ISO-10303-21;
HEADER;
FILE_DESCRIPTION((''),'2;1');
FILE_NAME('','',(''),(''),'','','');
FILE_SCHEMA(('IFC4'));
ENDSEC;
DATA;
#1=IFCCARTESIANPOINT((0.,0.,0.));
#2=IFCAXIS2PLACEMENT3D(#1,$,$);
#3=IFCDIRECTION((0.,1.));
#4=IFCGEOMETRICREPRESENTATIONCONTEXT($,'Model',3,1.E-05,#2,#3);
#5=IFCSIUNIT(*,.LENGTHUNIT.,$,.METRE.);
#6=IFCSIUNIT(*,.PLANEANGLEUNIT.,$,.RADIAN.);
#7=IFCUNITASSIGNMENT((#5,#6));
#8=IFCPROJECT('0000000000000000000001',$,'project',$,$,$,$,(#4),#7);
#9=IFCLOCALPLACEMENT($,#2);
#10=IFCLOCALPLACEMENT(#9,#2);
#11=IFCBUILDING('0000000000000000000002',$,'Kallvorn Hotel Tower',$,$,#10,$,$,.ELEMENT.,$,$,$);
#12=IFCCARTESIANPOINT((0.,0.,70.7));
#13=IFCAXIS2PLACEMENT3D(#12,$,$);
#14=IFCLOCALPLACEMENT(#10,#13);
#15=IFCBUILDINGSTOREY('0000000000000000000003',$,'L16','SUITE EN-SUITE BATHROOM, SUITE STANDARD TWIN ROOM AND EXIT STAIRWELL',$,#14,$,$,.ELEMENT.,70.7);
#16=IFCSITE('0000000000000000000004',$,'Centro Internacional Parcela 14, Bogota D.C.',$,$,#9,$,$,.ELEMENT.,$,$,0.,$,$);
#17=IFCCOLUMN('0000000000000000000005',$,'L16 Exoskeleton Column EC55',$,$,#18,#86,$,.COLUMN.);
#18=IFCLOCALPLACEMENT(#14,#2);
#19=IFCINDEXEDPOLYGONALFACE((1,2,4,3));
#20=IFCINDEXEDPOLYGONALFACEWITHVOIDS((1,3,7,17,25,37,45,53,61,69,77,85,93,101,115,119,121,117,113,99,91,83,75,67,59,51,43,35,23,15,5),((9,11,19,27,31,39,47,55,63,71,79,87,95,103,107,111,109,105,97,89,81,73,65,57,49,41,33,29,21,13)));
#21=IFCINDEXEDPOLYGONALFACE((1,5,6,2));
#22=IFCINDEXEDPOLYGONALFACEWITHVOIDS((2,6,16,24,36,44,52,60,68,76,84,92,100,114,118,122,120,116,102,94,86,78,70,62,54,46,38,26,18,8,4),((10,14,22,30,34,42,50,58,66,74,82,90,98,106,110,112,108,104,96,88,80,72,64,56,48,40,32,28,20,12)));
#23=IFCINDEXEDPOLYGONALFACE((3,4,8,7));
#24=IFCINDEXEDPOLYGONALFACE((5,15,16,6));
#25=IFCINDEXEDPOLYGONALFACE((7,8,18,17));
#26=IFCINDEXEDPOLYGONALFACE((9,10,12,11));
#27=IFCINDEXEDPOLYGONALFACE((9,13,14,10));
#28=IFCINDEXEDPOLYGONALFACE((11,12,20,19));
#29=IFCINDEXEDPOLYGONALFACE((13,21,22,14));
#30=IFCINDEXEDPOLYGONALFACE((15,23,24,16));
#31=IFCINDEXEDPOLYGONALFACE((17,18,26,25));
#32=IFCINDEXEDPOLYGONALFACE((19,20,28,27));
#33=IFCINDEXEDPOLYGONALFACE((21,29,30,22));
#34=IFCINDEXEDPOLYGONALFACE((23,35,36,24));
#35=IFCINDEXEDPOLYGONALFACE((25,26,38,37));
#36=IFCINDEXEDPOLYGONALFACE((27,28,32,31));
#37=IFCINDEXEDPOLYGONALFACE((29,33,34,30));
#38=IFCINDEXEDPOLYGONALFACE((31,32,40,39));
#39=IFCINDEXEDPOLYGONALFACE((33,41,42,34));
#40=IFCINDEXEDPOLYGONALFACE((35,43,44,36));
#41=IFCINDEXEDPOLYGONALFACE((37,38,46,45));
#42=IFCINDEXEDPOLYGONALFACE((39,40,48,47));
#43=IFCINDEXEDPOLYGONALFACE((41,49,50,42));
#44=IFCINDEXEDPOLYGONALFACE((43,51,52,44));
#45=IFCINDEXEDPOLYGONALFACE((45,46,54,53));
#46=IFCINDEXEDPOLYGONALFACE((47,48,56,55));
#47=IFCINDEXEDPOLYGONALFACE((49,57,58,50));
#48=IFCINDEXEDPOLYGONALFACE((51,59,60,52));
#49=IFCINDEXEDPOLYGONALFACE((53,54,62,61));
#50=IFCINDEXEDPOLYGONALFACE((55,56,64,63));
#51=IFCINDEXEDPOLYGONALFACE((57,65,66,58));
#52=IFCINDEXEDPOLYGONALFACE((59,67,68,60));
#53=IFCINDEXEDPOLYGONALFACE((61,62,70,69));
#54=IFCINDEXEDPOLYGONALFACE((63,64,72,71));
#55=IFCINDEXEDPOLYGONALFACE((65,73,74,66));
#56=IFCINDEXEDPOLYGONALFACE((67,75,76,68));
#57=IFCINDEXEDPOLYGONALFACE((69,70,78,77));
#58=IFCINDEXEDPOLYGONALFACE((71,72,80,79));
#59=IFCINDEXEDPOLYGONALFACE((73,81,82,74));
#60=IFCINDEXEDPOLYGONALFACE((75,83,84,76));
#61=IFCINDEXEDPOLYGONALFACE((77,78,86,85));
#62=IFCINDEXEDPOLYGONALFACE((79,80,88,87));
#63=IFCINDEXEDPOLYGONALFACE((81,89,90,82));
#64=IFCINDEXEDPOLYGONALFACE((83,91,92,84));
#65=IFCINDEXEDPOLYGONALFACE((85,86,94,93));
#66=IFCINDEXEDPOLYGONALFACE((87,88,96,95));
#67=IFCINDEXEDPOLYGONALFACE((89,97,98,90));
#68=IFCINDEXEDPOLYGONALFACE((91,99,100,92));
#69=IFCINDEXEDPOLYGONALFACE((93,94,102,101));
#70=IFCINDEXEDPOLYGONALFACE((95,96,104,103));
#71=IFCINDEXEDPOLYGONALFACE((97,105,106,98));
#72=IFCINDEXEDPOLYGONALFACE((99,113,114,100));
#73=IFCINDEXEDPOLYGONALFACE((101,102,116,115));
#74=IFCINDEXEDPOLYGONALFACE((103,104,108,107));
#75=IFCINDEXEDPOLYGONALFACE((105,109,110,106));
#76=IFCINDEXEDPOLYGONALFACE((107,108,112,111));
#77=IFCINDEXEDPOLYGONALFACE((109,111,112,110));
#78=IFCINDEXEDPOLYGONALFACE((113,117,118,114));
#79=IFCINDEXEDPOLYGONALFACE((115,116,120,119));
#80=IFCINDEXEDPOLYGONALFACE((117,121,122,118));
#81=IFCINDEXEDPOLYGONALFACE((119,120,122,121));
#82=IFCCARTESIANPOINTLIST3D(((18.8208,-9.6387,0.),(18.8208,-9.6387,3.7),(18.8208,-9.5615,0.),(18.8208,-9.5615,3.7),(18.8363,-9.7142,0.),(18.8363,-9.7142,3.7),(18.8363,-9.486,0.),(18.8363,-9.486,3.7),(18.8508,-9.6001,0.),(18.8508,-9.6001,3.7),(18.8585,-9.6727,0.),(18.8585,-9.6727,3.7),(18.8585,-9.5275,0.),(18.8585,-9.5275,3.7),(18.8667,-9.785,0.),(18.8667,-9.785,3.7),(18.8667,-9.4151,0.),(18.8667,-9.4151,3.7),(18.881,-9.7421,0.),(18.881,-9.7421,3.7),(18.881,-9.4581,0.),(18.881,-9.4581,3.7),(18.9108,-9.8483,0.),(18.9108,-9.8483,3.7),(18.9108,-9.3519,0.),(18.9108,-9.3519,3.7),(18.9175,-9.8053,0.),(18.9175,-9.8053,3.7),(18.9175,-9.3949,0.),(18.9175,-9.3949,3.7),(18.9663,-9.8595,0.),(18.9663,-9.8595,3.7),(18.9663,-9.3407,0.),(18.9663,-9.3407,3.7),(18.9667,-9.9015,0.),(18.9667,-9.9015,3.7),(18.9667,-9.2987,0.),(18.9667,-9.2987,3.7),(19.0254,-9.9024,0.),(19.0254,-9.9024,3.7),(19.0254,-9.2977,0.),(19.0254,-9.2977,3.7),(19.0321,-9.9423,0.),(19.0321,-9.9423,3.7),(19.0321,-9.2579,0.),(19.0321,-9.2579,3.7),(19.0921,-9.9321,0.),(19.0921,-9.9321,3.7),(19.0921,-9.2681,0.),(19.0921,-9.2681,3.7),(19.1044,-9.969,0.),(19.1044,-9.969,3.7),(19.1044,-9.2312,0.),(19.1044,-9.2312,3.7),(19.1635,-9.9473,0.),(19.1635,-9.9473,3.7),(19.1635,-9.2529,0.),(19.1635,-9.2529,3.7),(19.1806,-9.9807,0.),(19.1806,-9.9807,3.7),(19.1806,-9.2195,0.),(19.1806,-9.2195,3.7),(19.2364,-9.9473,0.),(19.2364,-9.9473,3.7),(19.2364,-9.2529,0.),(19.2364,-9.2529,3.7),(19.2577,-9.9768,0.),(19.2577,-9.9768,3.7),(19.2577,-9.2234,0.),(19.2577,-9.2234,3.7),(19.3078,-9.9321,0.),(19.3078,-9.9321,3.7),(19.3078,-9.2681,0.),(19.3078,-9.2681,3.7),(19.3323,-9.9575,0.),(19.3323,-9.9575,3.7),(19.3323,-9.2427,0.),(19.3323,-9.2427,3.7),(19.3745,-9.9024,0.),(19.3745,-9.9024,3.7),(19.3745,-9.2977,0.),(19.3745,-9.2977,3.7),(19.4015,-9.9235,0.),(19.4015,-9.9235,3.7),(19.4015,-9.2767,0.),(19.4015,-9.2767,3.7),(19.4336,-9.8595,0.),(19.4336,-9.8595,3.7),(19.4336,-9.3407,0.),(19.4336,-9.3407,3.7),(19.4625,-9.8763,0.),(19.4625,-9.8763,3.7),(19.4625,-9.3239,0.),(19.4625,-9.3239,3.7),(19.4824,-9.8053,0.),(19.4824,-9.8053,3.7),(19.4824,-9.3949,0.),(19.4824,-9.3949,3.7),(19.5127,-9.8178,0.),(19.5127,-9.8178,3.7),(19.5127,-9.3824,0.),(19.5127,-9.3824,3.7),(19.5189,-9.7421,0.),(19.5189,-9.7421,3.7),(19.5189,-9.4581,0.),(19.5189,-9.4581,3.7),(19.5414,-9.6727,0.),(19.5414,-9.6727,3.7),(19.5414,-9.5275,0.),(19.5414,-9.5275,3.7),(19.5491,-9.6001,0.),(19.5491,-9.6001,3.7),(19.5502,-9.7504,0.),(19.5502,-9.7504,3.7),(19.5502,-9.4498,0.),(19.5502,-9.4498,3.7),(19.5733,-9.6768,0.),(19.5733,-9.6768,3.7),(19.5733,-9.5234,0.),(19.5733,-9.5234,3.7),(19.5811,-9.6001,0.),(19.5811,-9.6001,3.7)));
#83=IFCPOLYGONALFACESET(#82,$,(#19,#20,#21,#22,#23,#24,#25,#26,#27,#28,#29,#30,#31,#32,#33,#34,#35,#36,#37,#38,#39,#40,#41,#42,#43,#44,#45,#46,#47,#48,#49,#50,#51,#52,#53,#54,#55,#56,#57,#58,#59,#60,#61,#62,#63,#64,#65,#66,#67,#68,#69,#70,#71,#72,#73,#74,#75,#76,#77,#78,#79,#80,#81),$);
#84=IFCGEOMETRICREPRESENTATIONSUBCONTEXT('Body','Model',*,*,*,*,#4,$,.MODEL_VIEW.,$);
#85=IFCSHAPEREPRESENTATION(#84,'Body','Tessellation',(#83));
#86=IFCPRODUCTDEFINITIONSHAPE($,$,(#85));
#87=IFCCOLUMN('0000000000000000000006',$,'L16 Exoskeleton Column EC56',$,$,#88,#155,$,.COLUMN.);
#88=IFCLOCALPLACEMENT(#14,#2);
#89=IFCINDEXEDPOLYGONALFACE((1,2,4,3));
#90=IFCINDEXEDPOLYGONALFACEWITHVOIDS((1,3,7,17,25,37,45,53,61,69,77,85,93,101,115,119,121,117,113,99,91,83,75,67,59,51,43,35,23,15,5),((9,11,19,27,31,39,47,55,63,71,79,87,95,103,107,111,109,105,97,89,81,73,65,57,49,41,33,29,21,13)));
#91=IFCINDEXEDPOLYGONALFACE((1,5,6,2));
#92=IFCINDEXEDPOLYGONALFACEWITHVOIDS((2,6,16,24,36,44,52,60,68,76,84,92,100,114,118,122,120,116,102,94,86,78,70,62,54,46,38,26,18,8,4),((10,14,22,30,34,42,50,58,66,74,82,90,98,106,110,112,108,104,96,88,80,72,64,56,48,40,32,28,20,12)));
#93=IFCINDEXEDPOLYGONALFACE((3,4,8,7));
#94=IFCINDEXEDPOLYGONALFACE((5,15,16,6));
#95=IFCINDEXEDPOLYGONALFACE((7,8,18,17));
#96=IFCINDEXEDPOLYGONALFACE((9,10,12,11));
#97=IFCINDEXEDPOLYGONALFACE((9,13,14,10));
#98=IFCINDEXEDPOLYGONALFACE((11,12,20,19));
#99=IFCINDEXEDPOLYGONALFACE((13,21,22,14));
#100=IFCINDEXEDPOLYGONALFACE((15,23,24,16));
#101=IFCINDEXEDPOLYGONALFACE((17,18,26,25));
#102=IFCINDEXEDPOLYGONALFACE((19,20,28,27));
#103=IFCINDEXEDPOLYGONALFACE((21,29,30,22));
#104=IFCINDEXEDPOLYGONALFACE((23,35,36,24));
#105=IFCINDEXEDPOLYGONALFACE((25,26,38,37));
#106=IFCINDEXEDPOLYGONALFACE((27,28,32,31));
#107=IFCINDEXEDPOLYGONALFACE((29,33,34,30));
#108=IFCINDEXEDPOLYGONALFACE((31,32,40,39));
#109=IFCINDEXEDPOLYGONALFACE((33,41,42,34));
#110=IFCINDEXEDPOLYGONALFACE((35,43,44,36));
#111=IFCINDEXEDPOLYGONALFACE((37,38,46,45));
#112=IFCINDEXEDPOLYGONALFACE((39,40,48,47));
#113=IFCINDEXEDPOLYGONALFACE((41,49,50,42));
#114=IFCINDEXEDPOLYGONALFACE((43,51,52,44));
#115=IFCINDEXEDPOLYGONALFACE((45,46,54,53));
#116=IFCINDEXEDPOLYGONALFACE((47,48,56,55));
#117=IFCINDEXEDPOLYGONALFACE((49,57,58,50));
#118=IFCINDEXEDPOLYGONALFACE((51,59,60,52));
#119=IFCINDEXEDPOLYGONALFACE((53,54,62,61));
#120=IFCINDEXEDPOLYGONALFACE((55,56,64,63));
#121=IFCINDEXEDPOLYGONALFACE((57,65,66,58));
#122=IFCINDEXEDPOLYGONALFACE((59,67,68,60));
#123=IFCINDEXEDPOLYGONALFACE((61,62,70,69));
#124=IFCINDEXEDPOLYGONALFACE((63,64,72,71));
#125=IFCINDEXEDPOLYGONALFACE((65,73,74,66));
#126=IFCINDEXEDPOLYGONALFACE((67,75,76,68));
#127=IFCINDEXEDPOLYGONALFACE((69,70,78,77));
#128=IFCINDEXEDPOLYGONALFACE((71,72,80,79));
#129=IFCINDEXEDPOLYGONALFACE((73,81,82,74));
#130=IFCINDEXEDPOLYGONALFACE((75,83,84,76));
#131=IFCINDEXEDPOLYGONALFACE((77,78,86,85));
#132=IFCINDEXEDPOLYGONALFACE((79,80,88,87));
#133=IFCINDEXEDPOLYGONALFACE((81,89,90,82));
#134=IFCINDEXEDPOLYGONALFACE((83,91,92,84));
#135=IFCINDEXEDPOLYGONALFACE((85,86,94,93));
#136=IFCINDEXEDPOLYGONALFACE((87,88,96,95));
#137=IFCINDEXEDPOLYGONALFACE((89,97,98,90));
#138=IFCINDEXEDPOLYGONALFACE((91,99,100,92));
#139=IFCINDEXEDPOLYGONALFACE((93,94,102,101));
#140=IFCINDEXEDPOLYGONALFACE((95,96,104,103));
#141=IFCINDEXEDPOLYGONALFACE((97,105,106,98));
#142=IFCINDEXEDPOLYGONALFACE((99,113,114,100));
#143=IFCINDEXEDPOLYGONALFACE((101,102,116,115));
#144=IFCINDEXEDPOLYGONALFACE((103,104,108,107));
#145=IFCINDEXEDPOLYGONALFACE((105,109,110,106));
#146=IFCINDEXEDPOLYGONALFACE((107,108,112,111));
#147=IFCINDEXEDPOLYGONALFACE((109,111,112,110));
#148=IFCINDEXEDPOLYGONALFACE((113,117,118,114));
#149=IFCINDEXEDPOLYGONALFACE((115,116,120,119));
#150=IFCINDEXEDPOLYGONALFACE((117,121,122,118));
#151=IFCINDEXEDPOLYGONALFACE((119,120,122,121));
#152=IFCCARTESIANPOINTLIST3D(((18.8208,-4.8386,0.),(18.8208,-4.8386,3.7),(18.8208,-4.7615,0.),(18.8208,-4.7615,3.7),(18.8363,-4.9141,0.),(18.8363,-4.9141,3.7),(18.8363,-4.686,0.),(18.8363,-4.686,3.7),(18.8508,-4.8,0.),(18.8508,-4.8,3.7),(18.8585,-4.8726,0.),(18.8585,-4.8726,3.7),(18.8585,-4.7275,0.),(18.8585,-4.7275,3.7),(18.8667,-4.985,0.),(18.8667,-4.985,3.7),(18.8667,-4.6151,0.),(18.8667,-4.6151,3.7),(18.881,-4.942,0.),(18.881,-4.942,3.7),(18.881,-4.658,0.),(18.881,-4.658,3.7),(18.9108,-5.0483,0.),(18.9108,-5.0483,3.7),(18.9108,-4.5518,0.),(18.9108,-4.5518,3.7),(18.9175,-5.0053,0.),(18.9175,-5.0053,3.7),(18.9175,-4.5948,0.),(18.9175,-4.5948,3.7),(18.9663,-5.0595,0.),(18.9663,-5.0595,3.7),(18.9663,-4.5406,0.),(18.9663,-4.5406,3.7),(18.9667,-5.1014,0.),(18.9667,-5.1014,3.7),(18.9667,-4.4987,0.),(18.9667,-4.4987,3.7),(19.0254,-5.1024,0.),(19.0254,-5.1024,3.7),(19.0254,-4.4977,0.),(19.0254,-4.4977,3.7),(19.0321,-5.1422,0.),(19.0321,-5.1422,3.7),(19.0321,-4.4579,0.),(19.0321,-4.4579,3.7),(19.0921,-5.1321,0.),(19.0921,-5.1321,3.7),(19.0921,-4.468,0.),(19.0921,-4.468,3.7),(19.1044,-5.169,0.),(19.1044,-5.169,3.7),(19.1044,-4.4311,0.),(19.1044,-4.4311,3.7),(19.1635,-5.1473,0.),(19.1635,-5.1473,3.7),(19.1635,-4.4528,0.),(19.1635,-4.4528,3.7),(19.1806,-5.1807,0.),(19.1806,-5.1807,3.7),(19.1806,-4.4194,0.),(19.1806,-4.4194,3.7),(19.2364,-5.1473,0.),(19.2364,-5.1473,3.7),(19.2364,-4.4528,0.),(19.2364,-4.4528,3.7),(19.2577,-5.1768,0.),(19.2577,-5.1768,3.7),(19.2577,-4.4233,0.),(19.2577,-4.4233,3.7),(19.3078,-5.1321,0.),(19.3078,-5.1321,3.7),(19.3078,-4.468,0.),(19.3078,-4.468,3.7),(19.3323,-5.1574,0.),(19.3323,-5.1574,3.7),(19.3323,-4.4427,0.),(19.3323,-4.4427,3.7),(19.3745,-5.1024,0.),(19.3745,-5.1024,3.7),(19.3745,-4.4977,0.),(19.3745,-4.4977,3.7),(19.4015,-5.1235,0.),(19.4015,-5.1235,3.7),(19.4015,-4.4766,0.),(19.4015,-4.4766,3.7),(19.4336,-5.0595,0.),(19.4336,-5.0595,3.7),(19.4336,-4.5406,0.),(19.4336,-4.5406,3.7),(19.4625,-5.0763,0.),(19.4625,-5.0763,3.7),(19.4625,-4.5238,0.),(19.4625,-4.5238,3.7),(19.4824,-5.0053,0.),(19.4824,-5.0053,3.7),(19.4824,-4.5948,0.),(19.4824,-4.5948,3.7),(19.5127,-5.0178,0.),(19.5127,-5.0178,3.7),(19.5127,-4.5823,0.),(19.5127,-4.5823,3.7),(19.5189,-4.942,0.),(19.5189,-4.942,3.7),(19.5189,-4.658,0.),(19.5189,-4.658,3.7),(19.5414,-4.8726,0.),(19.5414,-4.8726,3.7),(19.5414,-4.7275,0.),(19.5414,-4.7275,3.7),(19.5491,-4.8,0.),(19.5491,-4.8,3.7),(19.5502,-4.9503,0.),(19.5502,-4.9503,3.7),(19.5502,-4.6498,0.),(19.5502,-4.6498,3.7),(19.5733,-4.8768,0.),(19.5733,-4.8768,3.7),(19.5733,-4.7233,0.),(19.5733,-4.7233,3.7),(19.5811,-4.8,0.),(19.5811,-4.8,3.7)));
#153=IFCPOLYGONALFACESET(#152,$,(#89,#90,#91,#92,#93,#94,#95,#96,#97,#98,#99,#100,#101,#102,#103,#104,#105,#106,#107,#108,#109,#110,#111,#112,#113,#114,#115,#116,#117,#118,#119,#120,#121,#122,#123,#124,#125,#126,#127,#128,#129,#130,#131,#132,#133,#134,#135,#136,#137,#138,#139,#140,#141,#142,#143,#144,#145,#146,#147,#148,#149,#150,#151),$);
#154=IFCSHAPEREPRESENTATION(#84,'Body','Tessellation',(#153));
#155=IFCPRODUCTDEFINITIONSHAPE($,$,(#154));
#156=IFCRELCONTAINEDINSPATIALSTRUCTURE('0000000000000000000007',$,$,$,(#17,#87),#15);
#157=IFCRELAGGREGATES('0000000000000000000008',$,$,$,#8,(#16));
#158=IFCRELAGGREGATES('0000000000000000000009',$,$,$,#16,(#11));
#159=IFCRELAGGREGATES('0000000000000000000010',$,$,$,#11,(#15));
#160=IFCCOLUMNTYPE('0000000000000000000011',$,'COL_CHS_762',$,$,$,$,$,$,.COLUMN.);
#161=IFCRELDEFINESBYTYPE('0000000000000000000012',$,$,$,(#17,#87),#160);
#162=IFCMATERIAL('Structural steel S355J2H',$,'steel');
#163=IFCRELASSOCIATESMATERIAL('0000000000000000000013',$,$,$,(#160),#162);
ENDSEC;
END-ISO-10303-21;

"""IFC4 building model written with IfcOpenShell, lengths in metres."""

from ifc_helpers import new_model, si_unit, direction, frame, origin, origin_2d, place, context, subcontext, project, spatial, hollow_circle, extrude, material, material_profile, profile_set, type_object, element, save


model = new_model("IFC4")

# Units and contexts
model_context = context("Model", 3, precision=1e-05, world=origin(), true_north=direction((0.0, 1.0)))
body_context = subcontext(model_context, "Body", "Model", "MODEL_VIEW")
ifc_project = project(units=[si_unit("LENGTHUNIT", "METRE"), si_unit("PLANEANGLEUNIT", "RADIAN")], contexts=[model_context])

# Site, building, storey
site_placement = place(None, origin())
site = spatial("IfcSite", under=ifc_project, at=site_placement, Name="Centro Internacional Parcela 14, Bogota D.C.", CompositionType="ELEMENT", RefElevation=0.0)
building_placement = place(site_placement, origin())
building = spatial("IfcBuilding", under=site, at=building_placement, Name="Kallvorn Hotel Tower", CompositionType="ELEMENT")
storey_placement = place(building_placement, frame((0.0, 0.0, 70.7)))
storey = spatial("IfcBuildingStorey", under=building, at=storey_placement, Name="L16", Description="SUITE EN-SUITE BATHROOM, SUITE STANDARD TWIN ROOM AND EXIT STAIRWELL", CompositionType="ELEMENT", Elevation=70.7)

# Columns
ifc_material_1 = material(Name="Structural steel S355J2H", Category="steel")
ifc_material_profile_1 = material_profile(ifc_material_1, hollow_circle(Radius=0.3811, WallThickness=0.032, at=origin_2d()), Name="CHS 762x32")
ifc_profile_set_1 = profile_set([ifc_material_profile_1], Name="Structural steel S355J2H")
column_type_1 = type_object("IfcColumnType", Name="COL_CHS_762", PredefinedType="COLUMN", material=ifc_profile_set_1)
for number, where, z_axis, x_axis, name in (
    (1, (19.2, -9.6001, 0.0), (0.0, 0.0, 1.0), (1.0, 0.0, 0.0), "L16 Exoskeleton Column EC55"),
    (2, (19.2, -4.8, 0.0), (0.0, 0.0, 1.0), (1.0, 0.0, 0.0), "L16 Exoskeleton Column EC56"),
):
    element("IfcColumn", number, at=place(storey_placement, frame(where, z_axis=z_axis, x_axis=x_axis)), inside=storey, type_object=column_type_1, Name=name, PredefinedType="COLUMN", context=body_context, shape_type="SweptSolid", body=[
        extrude(hollow_circle(Radius=0.3811, WallThickness=0.032, at=origin_2d()), origin(), (0.0, 0.0, 1.0), 3.7),
    ])

save(model, "model.ifc")
